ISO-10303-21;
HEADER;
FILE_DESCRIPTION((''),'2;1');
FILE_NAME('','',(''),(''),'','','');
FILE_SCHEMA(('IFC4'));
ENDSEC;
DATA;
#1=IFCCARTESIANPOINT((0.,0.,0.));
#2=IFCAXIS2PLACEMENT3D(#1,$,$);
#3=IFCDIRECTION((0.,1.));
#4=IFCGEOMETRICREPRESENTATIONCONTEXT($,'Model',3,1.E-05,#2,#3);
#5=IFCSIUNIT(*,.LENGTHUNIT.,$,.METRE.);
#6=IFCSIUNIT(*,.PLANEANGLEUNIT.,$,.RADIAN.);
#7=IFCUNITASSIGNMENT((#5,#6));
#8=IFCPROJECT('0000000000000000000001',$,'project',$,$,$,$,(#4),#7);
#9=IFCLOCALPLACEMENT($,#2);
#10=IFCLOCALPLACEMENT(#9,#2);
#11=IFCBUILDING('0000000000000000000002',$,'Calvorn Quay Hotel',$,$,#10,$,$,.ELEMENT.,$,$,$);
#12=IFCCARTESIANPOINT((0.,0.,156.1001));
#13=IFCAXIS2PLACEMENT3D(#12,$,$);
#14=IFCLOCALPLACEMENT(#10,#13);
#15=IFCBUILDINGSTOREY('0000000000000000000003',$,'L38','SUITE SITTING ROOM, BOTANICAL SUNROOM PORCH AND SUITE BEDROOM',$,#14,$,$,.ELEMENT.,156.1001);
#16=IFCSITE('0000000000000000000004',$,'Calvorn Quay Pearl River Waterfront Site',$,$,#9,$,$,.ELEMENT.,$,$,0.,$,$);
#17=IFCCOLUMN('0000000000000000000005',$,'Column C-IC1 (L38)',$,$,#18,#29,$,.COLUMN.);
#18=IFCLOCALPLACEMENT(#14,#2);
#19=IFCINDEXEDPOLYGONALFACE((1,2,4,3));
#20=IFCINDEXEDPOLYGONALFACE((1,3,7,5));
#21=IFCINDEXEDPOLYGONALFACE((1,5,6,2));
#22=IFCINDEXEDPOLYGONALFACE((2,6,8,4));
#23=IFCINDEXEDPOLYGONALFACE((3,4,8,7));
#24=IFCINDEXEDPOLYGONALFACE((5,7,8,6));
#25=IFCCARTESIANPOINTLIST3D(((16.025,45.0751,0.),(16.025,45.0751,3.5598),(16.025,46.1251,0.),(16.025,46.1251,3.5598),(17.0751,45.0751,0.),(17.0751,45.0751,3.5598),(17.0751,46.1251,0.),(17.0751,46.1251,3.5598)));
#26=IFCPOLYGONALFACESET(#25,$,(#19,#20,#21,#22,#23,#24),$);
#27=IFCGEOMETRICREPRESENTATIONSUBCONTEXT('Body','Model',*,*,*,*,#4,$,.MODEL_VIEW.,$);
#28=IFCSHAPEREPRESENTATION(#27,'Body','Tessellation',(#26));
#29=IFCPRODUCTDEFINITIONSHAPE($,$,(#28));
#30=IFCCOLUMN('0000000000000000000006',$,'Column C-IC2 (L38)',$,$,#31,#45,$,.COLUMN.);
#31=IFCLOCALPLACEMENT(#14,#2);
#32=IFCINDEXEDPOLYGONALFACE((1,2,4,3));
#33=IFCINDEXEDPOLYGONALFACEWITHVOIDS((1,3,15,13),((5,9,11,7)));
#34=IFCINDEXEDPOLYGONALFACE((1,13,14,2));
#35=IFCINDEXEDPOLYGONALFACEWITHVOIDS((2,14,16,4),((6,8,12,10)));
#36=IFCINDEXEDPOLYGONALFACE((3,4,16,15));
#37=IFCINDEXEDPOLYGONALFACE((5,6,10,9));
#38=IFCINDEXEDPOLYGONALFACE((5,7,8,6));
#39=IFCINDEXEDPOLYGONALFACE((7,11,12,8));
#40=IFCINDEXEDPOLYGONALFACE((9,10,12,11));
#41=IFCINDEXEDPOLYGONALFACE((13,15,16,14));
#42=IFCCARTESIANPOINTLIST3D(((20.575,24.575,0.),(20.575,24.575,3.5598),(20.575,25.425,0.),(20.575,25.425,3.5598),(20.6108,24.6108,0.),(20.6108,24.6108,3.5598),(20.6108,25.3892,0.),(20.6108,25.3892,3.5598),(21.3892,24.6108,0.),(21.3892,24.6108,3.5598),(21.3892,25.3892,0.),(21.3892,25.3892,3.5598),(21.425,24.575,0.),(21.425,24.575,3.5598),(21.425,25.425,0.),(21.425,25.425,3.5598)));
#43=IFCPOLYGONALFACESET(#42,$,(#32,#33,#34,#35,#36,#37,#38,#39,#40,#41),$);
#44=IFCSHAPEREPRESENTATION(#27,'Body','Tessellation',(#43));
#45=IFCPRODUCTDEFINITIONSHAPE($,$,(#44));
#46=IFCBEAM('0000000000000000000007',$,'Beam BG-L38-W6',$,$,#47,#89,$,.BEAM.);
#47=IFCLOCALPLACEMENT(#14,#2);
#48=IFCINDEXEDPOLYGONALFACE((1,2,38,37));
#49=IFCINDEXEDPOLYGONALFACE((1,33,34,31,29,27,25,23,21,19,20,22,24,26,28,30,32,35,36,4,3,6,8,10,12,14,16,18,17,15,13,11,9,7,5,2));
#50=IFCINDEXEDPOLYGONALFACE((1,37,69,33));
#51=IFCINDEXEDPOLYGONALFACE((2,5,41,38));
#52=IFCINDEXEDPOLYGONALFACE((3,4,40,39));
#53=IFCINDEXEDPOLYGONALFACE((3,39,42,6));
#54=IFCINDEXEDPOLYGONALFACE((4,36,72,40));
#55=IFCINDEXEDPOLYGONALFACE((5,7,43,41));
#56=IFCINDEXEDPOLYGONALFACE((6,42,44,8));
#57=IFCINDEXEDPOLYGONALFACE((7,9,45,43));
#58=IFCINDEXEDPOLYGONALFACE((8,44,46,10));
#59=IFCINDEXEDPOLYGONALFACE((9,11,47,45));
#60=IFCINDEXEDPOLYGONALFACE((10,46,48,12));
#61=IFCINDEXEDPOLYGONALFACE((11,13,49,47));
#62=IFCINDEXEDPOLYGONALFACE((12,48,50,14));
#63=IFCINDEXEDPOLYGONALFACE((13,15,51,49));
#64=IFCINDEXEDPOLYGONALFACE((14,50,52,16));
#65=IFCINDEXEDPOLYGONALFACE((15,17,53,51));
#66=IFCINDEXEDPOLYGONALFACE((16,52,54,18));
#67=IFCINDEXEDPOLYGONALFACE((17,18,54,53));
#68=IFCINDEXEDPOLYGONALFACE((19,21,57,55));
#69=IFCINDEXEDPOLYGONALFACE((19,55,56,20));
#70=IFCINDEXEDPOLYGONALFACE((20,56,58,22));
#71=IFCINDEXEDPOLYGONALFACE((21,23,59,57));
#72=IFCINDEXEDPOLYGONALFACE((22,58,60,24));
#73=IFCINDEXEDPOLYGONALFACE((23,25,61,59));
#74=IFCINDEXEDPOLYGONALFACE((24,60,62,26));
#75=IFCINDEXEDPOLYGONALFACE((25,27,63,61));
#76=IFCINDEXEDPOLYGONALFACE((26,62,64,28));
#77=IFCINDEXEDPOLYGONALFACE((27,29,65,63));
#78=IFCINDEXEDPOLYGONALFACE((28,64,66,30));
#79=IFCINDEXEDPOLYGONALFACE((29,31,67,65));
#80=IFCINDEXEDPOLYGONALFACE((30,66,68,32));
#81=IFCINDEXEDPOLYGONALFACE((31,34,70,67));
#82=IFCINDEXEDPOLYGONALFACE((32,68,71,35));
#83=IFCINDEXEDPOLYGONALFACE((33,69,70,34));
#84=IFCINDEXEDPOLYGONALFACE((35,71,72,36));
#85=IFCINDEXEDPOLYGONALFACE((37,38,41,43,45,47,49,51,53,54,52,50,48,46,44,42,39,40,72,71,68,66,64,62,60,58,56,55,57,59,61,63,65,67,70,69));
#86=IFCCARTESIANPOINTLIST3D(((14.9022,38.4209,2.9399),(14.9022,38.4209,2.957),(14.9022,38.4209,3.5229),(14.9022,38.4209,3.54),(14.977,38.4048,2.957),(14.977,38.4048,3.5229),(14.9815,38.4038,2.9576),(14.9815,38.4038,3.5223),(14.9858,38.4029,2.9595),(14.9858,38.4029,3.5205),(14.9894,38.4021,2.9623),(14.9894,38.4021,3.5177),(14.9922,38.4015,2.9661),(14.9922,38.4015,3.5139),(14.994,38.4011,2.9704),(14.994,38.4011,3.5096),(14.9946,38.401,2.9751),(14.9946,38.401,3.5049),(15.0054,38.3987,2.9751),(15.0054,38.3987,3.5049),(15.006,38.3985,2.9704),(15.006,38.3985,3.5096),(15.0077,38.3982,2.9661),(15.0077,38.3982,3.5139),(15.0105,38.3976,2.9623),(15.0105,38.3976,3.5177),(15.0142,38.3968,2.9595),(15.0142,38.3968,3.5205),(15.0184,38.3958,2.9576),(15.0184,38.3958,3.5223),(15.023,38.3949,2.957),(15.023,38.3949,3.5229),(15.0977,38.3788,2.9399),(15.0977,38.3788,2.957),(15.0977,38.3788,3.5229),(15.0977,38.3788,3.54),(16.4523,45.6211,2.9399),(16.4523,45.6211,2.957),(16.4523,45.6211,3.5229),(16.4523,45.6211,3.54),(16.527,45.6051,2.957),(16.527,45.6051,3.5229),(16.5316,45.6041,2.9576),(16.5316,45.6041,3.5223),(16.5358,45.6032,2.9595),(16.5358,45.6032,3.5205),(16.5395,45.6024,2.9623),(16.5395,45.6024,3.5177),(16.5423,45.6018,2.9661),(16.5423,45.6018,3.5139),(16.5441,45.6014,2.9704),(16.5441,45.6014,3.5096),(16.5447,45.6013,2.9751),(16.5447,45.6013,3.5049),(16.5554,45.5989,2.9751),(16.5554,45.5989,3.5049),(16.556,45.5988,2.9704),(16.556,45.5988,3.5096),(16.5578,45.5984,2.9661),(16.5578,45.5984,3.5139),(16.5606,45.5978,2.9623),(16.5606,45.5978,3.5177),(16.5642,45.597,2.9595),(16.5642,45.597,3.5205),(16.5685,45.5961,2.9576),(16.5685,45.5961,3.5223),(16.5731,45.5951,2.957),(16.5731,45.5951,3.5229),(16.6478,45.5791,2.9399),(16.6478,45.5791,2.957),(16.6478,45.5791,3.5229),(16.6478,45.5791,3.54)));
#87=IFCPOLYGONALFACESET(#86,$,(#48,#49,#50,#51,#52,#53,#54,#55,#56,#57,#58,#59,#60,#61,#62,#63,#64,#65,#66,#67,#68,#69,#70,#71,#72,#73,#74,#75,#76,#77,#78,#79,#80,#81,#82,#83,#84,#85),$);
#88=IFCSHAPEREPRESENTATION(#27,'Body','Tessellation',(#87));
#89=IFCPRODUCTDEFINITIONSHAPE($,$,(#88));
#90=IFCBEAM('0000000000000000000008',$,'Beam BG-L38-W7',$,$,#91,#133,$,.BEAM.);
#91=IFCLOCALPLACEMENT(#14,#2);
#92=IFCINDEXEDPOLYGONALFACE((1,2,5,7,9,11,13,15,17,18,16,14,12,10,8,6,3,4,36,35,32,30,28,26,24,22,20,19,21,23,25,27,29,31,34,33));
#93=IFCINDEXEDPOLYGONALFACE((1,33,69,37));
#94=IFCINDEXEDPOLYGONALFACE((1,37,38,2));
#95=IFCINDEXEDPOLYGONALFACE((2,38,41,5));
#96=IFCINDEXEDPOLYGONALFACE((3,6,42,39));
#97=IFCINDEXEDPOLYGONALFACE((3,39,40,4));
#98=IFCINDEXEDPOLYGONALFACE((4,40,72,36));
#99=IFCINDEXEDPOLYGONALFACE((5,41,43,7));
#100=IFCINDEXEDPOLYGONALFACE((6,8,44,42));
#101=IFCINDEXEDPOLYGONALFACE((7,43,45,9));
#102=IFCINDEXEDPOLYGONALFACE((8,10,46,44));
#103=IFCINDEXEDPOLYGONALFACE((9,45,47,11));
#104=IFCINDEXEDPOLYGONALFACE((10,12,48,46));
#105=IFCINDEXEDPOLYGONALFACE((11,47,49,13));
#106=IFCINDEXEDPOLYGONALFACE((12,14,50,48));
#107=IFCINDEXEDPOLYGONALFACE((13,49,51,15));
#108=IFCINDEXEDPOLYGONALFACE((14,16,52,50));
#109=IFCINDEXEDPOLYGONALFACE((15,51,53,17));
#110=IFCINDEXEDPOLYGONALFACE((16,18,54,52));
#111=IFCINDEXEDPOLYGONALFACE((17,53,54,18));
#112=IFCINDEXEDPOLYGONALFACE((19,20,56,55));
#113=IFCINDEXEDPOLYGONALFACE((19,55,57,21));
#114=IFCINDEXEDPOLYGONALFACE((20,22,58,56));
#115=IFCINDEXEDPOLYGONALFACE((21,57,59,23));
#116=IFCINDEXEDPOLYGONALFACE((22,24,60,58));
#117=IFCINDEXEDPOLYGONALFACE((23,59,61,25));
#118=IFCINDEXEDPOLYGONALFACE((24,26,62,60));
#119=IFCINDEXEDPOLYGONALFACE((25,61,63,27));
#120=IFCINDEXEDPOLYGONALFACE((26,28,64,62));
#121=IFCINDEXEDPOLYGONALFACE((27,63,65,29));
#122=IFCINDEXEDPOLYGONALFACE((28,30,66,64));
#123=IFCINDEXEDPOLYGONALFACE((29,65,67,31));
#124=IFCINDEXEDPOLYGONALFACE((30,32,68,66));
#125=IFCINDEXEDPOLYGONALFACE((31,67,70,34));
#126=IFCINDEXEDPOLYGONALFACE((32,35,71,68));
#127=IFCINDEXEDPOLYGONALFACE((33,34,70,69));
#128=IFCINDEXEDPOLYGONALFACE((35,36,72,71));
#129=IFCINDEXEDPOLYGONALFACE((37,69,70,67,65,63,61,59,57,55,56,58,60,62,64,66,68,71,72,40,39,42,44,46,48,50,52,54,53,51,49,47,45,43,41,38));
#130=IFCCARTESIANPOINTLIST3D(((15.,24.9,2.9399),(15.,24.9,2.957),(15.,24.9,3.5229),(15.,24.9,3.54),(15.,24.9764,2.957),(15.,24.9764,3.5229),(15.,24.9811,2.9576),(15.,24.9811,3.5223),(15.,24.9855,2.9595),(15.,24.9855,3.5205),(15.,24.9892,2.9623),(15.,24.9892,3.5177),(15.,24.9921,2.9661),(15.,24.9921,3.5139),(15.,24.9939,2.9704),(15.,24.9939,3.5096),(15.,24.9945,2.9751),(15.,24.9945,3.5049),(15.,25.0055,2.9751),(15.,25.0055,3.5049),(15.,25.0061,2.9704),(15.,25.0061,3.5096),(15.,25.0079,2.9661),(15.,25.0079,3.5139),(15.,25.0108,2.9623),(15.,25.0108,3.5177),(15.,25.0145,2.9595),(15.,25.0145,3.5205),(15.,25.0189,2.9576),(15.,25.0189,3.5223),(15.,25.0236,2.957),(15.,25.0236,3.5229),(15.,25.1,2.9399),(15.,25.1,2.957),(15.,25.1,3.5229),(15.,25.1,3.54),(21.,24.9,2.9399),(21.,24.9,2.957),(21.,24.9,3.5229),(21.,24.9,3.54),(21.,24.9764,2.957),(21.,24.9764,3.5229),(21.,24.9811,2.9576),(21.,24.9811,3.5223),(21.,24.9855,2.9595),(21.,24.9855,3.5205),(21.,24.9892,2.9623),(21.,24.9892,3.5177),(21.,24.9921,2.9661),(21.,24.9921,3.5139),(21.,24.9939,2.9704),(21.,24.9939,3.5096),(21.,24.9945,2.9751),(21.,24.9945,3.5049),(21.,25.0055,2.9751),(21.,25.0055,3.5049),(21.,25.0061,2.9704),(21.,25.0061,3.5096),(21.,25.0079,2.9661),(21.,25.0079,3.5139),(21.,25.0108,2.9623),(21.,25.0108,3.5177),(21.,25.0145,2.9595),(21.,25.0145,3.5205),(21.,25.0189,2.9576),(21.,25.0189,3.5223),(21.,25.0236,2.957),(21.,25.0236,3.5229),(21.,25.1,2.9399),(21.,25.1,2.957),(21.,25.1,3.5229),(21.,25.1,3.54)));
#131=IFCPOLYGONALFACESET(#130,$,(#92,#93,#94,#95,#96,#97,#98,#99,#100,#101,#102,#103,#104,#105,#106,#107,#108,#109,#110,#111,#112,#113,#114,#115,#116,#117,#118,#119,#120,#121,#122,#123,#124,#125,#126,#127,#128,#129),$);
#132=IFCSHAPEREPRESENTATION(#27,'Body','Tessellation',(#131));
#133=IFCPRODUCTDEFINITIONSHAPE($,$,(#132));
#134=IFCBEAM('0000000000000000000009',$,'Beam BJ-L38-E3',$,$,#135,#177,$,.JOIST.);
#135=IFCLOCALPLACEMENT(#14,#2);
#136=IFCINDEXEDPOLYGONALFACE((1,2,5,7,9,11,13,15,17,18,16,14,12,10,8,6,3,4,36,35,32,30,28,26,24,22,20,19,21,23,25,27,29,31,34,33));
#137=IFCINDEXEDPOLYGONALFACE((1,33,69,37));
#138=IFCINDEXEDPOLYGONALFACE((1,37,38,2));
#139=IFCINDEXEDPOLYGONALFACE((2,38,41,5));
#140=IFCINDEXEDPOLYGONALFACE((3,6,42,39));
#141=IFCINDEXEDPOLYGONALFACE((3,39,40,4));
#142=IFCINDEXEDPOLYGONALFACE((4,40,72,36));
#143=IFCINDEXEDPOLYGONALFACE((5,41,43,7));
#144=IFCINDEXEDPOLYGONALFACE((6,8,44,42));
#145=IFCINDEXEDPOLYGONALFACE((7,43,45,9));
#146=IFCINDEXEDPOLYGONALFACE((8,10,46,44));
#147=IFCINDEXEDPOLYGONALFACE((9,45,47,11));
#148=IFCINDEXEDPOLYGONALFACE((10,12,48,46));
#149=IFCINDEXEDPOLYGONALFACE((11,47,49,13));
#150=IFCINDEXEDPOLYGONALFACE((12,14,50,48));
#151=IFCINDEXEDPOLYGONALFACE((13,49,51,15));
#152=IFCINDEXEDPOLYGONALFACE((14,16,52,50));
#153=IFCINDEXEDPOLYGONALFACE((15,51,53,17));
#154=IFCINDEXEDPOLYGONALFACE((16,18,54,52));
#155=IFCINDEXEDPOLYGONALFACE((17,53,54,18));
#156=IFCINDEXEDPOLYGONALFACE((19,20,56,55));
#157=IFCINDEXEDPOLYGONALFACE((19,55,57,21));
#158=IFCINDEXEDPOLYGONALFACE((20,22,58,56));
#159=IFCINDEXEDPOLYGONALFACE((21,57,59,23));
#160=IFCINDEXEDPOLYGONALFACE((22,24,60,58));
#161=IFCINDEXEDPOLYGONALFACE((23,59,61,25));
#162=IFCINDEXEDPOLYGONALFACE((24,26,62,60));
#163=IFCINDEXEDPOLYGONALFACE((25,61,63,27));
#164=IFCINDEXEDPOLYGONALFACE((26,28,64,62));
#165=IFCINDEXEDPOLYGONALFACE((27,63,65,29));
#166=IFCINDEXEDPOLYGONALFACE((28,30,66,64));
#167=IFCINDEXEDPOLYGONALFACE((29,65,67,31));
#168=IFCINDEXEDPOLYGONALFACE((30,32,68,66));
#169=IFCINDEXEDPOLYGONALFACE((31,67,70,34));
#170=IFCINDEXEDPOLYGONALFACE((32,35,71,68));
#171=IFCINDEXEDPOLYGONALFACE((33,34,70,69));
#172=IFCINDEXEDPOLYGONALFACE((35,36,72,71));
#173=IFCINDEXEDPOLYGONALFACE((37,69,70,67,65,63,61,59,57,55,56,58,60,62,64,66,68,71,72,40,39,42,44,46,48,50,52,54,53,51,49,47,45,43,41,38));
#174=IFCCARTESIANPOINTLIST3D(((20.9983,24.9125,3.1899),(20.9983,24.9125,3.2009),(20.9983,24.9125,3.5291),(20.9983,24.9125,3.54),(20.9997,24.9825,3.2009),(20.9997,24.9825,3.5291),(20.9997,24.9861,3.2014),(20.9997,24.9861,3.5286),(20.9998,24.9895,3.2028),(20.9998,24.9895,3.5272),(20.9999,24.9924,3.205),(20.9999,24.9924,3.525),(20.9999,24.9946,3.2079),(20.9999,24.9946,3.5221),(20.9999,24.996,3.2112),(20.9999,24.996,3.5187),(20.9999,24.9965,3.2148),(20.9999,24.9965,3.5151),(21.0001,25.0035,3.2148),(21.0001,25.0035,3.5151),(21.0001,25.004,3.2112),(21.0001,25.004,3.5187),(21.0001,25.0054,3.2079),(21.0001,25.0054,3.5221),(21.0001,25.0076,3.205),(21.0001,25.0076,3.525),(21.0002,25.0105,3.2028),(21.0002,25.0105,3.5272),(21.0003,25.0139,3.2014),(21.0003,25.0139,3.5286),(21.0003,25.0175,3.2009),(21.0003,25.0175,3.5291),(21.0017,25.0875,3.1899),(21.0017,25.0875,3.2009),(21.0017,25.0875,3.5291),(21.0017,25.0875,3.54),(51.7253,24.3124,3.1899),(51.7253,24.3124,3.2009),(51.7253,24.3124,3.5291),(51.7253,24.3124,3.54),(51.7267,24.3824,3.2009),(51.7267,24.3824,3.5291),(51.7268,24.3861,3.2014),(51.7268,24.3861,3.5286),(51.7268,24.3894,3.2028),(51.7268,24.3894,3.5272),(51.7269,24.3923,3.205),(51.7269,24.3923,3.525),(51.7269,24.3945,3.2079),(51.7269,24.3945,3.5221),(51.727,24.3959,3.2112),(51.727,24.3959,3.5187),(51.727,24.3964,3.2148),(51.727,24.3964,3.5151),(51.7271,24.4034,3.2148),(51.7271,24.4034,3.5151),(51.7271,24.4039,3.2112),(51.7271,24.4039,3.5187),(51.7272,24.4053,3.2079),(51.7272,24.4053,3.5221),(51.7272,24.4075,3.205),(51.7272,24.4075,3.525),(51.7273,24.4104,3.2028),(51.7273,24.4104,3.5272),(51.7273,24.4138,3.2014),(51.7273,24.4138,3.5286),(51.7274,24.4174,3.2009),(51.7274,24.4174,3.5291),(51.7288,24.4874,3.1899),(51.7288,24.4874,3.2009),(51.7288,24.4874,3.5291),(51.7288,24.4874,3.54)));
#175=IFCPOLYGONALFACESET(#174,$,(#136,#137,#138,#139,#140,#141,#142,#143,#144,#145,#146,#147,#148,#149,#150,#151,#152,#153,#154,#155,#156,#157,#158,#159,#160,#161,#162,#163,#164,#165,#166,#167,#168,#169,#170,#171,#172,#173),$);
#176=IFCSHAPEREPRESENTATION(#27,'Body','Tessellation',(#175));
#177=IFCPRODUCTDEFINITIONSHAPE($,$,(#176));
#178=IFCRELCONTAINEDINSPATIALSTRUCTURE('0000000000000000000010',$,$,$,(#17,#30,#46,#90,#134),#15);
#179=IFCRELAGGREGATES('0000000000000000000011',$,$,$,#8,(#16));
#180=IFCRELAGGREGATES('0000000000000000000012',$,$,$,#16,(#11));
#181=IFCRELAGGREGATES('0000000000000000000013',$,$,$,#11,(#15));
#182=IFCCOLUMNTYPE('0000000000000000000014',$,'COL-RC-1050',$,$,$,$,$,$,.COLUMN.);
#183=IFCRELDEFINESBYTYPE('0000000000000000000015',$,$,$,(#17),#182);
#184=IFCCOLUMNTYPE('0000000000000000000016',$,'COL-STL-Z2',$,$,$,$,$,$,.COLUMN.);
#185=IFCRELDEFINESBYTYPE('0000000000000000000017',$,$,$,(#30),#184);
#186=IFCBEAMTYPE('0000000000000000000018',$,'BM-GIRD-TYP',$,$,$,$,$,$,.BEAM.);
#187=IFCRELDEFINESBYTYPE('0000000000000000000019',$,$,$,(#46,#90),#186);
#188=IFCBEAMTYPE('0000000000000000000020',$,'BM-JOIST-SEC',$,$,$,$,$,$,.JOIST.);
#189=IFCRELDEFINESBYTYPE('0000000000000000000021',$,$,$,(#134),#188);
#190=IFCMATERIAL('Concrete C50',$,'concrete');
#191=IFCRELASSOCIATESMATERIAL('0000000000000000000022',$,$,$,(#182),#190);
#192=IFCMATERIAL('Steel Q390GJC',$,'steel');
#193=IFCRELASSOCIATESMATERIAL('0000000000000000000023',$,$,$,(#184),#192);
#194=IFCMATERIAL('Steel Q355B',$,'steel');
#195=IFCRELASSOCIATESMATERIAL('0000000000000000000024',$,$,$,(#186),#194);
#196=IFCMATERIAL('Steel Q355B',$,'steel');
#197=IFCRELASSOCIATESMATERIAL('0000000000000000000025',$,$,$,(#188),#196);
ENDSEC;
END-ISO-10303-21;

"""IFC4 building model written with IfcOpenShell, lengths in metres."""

from ifc_helpers import new_model, si_unit, direction, frame, origin, origin_2d, place, context, subcontext, project, spatial, rectangle, hollow_rectangle, i_section, extrude, material, material_profile, profile_set, type_object, element, save


model = new_model("IFC4")

# Units and contexts
model_context = context("Model", 3, precision=1e-05, world=origin(), true_north=direction((0.0, 1.0)))
body_context = subcontext(model_context, "Body", "Model", "MODEL_VIEW")
ifc_project = project(units=[si_unit("LENGTHUNIT", "METRE"), si_unit("PLANEANGLEUNIT", "RADIAN")], contexts=[model_context])

# Site, building, storey
site_placement = place(None, origin())
site = spatial("IfcSite", under=ifc_project, at=site_placement, Name="Calvorn Quay Pearl River Waterfront Site", CompositionType="ELEMENT", RefElevation=0.0)
building_placement = place(site_placement, origin())
building = spatial("IfcBuilding", under=site, at=building_placement, Name="Calvorn Quay Hotel", CompositionType="ELEMENT")
storey_placement = place(building_placement, frame((0.0, 0.0, 156.1001)))
storey = spatial("IfcBuildingStorey", under=building, at=storey_placement, Name="L38", Description="SUITE SITTING ROOM, BOTANICAL SUNROOM PORCH AND SUITE BEDROOM", CompositionType="ELEMENT", Elevation=156.1001)

# Columns
ifc_material_1 = material(Name="Concrete C50", Category="concrete")
ifc_material_profile_1 = material_profile(ifc_material_1, rectangle(XDim=1.05, YDim=1.05, at=origin_2d()), Name="RC1050x1050")
ifc_profile_set_1 = profile_set([ifc_material_profile_1], Name="Concrete C50")
column_type_1 = type_object("IfcColumnType", Name="COL-RC-1050", PredefinedType="COLUMN", material=ifc_profile_set_1)
column_1_placement = place(storey_placement, frame((16.55, 45.6001, 0.0), z_axis=(0.0, 0.0, 1.0), x_axis=(1.0, 0.0, 0.0)))
element("IfcColumn", 1, at=column_1_placement, inside=storey, type_object=column_type_1, Name="Column C-IC1 (L38)", PredefinedType="COLUMN", context=body_context, shape_type="SweptSolid", body=[
    extrude(rectangle(XDim=1.05, YDim=1.05, at=origin_2d()), origin(), (0.0, 0.0, 1.0), 3.5598),
])
ifc_material_2 = material(Name="Steel Q390GJC", Category="steel")
ifc_material_profile_2 = material_profile(ifc_material_2, hollow_rectangle(XDim=0.8501, YDim=0.8501, WallThickness=0.0359, at=origin_2d()), Name="BOX850x850x36")
ifc_profile_set_2 = profile_set([ifc_material_profile_2], Name="Steel Q390GJC")
column_type_2 = type_object("IfcColumnType", Name="COL-STL-Z2", PredefinedType="COLUMN", material=ifc_profile_set_2)
column_2_placement = place(storey_placement, frame((21.0, 25.0, 0.0), z_axis=(0.0, 0.0, 1.0), x_axis=(1.0, 0.0, 0.0)))
element("IfcColumn", 2, at=column_2_placement, inside=storey, type_object=column_type_2, Name="Column C-IC2 (L38)", PredefinedType="COLUMN", context=body_context, shape_type="SweptSolid", body=[
    extrude(hollow_rectangle(XDim=0.8501, YDim=0.8501, WallThickness=0.0359, at=origin_2d()), origin(), (0.0, 0.0, 1.0), 3.5598),
])

# Beams
ifc_material_3 = material(Name="Steel Q355B", Category="steel")
ifc_material_profile_3 = material_profile(ifc_material_3, i_section(OverallWidth=0.2, OverallDepth=0.6001, WebThickness=0.011, FlangeThickness=0.0171, FilletRadius=0.0181, at=origin_2d()), Name="HN600x200x11x17")
ifc_profile_set_3 = profile_set([ifc_material_profile_3], Name="Steel Q355B")
beam_type_1 = type_object("IfcBeamType", Name="BM-GIRD-TYP", PredefinedType="BEAM", material=ifc_profile_set_3)
beam_1_placement = place(storey_placement, frame((16.55, 45.6001, 3.24), z_axis=(-0.210457, -0.977603, 0.0), x_axis=(0.977603, -0.210457, 0.0)))
element("IfcBeam", 3, at=beam_1_placement, inside=storey, type_object=beam_type_1, Name="Beam BG-L38-W6", PredefinedType="BEAM", context=body_context, shape_type="SweptSolid", body=[
    extrude(i_section(OverallWidth=0.2, OverallDepth=0.6001, WebThickness=0.011, FlangeThickness=0.0171, FilletRadius=0.0181, at=origin_2d()), origin(), (0.0, 0.0, 1.0), 7.3652),
])
beam_2_placement = place(storey_placement, frame((21.0, 25.0, 3.24), z_axis=(-1.0, 0.0, 0.0), x_axis=(0.0, -1.0, 0.0)))
element("IfcBeam", 4, at=beam_2_placement, inside=storey, type_object=beam_type_1, Name="Beam BG-L38-W7", PredefinedType="BEAM", context=body_context, shape_type="SweptSolid", body=[
    extrude(i_section(OverallWidth=0.2, OverallDepth=0.6001, WebThickness=0.011, FlangeThickness=0.0171, FilletRadius=0.0181, at=origin_2d()), origin(), (0.0, 0.0, 1.0), 6.0),
])
ifc_material_4 = material(Name="Steel Q355B", Category="steel")
ifc_material_profile_4 = material_profile(ifc_material_4, i_section(OverallWidth=0.175, OverallDepth=0.3501, WebThickness=0.0071, FlangeThickness=0.011, FilletRadius=0.0139, at=origin_2d()), Name="HN350x175x7x11")
ifc_profile_set_4 = profile_set([ifc_material_profile_4], Name="Steel Q355B")
beam_type_2 = type_object("IfcBeamType", Name="BM-JOIST-SEC", PredefinedType="JOIST", material=ifc_profile_set_4)
beam_3_placement = place(storey_placement, frame((21.0, 25.0, 3.365), z_axis=(0.999809, -0.019526, 0.0), x_axis=(0.019526, 0.999809, 0.0)))
element("IfcBeam", 5, at=beam_3_placement, inside=storey, type_object=beam_type_2, Name="Beam BJ-L38-E3", PredefinedType="JOIST", context=body_context, shape_type="SweptSolid", body=[
    extrude(i_section(OverallWidth=0.175, OverallDepth=0.3501, WebThickness=0.0071, FlangeThickness=0.011, FilletRadius=0.0139, at=origin_2d()), origin(), (0.0, 0.0, 1.0), 30.7329),
])

save(model, "model.ifc")
